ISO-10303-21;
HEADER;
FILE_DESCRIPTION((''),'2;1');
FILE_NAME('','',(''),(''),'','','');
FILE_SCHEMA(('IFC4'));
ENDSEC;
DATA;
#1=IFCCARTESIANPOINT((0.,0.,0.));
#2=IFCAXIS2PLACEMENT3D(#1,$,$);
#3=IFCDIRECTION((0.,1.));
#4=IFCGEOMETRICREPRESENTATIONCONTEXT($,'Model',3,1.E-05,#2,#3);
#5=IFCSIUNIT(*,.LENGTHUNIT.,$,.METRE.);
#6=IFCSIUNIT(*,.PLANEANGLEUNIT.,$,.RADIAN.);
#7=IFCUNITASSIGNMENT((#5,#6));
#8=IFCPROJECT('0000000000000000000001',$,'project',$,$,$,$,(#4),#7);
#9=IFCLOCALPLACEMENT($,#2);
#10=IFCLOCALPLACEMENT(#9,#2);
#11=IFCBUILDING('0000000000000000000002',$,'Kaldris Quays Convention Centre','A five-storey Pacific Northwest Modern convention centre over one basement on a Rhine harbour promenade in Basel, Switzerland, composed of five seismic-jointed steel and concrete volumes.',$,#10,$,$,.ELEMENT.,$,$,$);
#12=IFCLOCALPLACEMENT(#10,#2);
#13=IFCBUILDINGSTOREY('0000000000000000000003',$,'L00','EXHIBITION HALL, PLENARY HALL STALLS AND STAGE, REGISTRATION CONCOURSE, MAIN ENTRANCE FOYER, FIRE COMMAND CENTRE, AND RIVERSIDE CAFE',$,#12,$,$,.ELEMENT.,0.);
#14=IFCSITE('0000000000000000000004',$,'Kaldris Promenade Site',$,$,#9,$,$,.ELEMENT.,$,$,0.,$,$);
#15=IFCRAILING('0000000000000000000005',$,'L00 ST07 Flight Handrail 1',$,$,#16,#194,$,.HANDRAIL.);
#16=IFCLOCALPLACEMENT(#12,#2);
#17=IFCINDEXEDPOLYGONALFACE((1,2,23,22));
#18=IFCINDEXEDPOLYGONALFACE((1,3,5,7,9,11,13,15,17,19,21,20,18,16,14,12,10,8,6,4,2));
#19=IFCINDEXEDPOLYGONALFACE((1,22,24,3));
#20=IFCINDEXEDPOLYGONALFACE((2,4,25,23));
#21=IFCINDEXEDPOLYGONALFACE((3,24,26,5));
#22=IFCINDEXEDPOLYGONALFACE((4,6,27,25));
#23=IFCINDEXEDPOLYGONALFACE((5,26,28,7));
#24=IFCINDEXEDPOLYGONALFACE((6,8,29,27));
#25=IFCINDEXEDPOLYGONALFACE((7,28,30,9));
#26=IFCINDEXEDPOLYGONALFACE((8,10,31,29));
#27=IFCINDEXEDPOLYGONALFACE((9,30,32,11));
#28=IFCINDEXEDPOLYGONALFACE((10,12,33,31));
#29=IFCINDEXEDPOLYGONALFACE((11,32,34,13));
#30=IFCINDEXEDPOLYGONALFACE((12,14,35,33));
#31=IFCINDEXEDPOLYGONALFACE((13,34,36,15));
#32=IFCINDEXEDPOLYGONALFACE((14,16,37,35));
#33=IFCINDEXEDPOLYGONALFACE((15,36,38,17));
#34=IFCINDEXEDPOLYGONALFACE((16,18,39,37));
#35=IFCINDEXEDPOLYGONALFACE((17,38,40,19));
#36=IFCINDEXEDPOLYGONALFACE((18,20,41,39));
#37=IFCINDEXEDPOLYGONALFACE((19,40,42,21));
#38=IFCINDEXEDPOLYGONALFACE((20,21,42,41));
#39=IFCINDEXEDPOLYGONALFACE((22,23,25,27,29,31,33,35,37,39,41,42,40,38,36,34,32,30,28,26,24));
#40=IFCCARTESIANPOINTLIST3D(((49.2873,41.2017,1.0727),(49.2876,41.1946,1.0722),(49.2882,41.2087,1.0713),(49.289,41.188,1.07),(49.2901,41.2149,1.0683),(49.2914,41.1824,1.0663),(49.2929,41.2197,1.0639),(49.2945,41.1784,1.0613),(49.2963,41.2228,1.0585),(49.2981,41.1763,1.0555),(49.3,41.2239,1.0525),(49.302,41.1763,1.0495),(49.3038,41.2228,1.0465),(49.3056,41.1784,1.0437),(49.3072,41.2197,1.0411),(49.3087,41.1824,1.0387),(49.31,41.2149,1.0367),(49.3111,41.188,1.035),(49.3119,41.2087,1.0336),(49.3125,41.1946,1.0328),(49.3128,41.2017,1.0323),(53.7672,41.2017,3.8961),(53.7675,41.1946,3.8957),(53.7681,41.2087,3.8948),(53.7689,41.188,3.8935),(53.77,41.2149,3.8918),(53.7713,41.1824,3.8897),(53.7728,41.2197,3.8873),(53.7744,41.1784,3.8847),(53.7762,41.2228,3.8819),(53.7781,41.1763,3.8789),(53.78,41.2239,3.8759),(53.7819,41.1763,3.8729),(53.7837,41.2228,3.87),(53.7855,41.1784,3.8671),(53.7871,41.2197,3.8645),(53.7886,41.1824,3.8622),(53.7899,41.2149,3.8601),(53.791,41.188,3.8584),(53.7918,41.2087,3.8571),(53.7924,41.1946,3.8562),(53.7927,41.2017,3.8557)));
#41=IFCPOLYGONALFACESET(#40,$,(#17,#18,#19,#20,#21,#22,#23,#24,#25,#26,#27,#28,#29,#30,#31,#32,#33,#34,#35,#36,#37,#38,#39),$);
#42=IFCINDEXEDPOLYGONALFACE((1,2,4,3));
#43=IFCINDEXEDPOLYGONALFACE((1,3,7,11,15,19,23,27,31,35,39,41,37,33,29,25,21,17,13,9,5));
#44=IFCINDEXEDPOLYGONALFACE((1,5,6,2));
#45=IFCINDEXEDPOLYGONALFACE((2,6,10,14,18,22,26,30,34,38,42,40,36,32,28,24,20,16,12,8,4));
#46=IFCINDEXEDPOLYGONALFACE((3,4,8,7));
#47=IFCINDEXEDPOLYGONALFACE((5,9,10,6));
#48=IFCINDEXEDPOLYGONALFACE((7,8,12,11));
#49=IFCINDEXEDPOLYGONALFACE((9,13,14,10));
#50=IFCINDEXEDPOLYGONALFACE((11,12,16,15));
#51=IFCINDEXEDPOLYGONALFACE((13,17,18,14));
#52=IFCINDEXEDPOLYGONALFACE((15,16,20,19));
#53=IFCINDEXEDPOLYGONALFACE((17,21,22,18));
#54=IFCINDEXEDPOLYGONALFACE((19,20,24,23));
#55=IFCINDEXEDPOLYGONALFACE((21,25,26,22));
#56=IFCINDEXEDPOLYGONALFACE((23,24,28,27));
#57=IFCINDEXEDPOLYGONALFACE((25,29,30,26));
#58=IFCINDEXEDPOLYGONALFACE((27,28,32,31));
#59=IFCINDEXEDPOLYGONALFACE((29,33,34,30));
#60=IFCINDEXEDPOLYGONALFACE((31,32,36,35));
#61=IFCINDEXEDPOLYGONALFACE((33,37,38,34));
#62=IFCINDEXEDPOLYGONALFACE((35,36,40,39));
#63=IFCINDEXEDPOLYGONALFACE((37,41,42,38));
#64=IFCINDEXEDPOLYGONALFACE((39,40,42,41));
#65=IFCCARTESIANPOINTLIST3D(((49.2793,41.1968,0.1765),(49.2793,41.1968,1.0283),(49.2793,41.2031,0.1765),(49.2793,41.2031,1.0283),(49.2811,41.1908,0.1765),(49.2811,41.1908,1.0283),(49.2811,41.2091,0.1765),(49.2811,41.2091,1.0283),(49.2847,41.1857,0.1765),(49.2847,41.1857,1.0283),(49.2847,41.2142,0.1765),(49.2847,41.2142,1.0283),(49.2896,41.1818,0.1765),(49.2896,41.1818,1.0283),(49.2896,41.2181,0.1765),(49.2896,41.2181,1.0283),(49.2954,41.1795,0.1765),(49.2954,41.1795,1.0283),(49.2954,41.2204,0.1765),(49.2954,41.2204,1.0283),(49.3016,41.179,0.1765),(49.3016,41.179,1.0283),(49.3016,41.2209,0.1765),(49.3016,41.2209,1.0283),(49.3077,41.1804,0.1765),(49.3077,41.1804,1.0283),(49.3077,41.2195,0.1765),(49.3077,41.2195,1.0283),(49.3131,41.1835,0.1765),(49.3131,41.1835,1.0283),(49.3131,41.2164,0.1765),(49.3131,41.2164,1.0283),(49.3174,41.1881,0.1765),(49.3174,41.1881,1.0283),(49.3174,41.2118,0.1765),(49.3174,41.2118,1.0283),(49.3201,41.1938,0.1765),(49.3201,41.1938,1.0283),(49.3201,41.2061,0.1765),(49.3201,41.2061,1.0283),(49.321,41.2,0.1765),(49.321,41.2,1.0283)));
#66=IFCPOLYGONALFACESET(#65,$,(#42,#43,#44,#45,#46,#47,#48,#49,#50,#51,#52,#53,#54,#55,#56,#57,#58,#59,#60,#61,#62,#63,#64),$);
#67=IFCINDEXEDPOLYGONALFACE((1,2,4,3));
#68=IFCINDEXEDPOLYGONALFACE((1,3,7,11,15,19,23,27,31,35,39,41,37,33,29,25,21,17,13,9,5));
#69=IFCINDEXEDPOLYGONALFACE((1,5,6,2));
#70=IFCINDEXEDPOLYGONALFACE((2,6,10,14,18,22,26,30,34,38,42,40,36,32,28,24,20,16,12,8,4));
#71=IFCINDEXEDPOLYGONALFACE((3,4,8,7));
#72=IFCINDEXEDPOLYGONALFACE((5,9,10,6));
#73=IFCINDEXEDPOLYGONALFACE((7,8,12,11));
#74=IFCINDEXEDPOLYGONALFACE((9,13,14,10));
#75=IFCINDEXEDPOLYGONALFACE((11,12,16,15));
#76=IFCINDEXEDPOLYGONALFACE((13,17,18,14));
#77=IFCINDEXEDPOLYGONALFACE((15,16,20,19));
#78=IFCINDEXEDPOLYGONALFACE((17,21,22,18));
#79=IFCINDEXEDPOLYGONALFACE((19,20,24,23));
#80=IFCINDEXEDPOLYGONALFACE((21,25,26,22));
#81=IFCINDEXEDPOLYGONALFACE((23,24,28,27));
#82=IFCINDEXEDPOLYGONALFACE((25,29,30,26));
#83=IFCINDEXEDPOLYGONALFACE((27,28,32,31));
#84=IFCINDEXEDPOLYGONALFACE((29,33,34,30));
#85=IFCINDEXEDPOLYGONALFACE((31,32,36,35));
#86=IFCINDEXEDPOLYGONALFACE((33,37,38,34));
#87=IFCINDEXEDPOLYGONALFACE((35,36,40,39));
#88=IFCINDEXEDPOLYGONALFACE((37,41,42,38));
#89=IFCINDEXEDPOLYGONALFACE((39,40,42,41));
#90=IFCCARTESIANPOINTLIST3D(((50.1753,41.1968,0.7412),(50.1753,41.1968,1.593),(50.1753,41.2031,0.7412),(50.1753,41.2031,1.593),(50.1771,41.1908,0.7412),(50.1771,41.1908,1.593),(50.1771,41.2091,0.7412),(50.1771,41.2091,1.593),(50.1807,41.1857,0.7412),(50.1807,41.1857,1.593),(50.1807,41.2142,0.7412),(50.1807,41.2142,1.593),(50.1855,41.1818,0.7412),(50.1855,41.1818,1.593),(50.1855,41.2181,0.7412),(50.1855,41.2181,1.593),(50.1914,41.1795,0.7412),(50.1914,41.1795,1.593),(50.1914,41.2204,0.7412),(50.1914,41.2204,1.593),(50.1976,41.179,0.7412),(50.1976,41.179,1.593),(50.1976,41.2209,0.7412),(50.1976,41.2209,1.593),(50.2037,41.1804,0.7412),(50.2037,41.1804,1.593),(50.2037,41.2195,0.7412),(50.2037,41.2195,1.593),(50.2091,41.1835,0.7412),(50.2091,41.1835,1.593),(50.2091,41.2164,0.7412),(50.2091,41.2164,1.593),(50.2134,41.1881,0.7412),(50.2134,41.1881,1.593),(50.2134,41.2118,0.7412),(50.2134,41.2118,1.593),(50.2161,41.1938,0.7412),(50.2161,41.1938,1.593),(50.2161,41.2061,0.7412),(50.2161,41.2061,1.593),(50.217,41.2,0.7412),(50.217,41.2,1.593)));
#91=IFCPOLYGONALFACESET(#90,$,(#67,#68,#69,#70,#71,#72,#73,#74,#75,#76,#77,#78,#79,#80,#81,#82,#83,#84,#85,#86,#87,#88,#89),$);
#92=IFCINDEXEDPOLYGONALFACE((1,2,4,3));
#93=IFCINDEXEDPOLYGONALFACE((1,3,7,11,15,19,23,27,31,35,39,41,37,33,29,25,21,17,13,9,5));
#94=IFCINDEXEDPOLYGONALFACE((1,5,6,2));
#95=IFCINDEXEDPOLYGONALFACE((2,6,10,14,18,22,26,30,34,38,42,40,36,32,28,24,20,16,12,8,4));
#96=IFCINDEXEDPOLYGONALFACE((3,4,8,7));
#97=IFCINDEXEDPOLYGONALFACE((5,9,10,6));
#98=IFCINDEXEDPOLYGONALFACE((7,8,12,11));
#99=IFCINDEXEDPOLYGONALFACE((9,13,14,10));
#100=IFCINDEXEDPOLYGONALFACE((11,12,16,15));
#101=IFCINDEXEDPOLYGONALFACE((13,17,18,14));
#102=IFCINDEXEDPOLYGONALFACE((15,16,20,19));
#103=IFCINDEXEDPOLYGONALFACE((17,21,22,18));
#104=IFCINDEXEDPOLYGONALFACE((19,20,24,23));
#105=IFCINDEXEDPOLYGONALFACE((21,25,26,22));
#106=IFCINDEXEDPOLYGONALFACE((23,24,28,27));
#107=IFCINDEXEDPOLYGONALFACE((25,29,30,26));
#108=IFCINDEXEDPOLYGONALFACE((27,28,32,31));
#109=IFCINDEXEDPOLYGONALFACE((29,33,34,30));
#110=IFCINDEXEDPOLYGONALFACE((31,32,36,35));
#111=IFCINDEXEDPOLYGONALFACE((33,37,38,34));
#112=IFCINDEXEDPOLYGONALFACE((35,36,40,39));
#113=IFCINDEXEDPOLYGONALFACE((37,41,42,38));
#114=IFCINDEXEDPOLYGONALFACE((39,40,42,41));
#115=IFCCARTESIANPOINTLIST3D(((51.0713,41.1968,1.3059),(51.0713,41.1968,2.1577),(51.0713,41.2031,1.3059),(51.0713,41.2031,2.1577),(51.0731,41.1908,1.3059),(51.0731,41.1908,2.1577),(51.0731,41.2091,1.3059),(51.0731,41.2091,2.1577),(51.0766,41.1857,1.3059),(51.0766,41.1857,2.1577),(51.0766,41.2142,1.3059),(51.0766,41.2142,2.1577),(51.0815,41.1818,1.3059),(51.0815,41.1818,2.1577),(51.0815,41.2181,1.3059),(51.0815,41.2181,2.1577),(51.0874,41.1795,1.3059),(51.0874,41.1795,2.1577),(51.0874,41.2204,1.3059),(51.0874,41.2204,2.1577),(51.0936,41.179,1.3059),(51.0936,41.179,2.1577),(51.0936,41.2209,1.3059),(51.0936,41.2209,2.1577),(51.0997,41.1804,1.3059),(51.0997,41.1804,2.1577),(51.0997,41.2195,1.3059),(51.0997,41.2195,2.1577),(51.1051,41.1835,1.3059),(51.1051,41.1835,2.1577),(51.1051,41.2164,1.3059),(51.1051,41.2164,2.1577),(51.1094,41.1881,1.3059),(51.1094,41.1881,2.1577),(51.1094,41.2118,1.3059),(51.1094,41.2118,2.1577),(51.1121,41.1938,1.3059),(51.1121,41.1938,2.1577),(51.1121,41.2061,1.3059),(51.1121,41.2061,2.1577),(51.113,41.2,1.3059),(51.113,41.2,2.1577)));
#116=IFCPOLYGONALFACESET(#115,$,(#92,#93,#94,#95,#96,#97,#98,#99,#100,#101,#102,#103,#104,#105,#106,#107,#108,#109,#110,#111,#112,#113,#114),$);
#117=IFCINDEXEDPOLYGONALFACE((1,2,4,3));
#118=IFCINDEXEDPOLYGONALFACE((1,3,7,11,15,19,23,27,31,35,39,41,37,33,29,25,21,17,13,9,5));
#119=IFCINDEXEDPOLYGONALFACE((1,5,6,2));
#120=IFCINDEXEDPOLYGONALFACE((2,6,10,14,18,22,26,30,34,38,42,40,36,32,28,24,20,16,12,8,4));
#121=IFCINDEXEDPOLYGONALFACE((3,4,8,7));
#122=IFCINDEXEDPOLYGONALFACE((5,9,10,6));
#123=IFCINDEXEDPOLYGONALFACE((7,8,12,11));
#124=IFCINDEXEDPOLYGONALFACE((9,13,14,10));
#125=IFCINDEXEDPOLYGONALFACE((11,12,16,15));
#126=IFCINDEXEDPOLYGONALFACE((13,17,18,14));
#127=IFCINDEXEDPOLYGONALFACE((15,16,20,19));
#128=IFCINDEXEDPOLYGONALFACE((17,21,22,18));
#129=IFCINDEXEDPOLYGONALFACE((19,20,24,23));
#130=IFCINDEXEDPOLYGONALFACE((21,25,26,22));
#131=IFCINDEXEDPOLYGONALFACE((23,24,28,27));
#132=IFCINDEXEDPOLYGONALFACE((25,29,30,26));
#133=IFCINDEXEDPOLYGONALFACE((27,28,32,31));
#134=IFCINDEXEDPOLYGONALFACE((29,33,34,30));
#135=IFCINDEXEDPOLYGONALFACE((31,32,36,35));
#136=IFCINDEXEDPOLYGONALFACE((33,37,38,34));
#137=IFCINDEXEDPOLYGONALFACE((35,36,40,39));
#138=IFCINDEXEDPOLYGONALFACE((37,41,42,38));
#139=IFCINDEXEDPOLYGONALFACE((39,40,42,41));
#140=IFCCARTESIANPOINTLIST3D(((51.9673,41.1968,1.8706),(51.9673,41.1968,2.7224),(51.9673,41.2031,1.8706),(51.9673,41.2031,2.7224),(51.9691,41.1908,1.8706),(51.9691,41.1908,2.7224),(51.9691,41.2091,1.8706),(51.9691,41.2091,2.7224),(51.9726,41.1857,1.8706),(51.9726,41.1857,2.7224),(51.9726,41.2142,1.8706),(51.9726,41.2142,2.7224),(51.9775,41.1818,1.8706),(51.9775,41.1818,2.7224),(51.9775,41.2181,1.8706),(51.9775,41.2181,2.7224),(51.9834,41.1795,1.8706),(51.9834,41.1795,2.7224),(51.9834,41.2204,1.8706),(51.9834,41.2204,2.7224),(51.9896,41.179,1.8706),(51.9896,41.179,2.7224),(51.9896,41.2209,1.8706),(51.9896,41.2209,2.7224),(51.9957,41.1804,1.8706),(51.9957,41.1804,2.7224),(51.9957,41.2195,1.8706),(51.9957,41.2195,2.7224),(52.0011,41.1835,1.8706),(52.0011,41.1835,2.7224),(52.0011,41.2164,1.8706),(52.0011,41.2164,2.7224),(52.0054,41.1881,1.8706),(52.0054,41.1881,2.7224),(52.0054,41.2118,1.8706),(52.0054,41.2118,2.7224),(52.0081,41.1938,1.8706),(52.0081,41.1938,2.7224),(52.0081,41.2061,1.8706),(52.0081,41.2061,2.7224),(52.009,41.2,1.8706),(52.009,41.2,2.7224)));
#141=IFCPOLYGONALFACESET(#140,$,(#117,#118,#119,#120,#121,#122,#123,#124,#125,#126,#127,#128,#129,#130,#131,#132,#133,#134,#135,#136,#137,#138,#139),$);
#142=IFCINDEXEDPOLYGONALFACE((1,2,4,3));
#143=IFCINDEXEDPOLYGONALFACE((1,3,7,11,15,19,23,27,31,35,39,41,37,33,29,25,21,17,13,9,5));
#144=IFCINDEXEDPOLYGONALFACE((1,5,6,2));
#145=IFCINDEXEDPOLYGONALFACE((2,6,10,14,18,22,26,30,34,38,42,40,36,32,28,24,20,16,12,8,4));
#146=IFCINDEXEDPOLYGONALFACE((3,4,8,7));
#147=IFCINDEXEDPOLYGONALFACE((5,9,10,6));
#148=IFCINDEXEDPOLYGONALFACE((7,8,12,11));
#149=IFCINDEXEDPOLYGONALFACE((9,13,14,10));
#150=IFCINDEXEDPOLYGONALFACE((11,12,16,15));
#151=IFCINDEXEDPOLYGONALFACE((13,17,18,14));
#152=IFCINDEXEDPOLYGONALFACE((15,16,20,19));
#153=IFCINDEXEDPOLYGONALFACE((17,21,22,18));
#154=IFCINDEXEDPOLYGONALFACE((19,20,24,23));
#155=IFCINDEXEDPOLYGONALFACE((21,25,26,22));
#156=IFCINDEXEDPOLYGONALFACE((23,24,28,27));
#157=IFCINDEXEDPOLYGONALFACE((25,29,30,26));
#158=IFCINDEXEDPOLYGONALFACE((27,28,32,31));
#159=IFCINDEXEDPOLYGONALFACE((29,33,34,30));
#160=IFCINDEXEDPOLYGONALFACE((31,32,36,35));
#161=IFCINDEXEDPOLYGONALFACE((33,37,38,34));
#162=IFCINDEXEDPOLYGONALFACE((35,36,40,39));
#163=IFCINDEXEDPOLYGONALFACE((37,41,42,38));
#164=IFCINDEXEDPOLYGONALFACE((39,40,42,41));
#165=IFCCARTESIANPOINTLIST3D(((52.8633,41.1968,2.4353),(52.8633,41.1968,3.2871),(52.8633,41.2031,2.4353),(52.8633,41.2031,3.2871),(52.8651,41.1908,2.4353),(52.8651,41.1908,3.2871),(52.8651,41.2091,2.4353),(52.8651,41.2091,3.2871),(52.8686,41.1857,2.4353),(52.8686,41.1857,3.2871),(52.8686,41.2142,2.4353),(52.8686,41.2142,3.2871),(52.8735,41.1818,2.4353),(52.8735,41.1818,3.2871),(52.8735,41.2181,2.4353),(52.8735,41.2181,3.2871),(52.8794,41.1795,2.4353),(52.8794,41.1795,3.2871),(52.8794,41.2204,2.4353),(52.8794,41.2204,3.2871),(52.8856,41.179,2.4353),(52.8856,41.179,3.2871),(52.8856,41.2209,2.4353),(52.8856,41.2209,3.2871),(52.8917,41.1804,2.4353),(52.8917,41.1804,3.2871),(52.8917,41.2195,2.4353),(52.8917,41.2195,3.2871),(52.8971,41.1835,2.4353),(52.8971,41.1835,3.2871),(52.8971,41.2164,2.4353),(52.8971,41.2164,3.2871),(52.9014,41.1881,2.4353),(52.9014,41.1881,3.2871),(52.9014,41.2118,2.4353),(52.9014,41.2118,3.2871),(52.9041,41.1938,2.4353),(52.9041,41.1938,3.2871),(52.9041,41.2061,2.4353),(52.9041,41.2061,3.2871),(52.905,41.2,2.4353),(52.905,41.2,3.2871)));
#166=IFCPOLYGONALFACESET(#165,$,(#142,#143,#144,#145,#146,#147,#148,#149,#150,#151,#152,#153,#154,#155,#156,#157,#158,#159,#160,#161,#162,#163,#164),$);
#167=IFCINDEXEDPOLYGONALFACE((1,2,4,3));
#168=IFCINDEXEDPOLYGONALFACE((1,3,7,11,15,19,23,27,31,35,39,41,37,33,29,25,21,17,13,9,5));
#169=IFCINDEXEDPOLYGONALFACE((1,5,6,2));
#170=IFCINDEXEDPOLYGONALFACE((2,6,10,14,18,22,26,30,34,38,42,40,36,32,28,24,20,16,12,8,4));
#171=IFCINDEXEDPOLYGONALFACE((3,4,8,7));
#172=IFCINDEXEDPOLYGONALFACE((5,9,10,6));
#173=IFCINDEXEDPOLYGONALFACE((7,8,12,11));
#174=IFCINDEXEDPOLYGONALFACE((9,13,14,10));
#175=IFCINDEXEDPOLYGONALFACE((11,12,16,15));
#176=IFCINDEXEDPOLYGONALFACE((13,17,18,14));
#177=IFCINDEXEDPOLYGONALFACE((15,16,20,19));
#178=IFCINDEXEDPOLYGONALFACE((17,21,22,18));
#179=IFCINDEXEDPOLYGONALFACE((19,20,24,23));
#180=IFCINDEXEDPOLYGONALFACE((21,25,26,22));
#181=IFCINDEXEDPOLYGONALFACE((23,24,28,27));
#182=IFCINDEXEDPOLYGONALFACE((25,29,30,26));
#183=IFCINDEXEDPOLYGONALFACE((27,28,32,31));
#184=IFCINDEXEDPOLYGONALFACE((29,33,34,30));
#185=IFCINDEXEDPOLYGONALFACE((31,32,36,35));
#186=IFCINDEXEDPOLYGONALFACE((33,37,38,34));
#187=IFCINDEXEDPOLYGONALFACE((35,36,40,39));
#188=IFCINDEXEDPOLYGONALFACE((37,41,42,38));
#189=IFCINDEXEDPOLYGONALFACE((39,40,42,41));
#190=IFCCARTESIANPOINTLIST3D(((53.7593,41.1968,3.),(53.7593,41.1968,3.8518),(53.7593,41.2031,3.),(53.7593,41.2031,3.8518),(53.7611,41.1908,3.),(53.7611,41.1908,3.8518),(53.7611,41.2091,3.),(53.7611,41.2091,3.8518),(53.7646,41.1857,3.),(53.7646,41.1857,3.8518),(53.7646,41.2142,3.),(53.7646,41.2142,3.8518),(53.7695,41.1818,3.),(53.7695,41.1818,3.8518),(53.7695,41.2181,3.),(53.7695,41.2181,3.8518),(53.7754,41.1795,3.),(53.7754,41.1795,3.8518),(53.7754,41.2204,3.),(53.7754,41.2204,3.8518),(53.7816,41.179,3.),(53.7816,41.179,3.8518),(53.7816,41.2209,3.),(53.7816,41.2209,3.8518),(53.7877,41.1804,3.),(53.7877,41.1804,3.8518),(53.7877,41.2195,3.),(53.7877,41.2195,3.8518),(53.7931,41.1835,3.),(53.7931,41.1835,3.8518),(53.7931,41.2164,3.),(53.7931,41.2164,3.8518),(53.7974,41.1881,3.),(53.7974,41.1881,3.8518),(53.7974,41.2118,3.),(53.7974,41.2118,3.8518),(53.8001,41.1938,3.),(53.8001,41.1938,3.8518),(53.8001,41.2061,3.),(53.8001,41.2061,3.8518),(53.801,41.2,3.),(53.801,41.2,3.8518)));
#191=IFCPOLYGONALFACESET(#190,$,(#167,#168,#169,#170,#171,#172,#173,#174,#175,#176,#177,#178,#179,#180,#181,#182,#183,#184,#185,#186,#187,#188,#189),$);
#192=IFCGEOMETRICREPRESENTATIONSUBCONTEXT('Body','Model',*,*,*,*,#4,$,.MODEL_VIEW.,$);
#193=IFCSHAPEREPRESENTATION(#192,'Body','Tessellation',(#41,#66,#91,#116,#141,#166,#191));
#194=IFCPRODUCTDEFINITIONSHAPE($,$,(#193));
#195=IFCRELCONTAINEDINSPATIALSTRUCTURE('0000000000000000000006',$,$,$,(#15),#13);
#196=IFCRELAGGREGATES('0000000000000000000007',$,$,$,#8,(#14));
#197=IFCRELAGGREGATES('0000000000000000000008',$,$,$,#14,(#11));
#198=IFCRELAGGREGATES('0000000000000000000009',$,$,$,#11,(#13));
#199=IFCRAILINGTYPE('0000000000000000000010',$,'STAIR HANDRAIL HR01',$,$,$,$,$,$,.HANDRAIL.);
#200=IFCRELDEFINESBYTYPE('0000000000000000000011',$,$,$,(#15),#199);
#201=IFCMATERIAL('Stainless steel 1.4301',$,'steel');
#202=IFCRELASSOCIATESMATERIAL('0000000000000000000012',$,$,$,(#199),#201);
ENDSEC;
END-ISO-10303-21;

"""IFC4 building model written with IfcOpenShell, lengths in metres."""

from ifc_helpers import new_model, si_unit, direction, frame, origin, origin_2d, place, context, subcontext, project, spatial, circle, extrude, material, type_object, element, save


model = new_model("IFC4")

# Units and contexts
model_context = context("Model", 3, precision=1e-05, world=origin(), true_north=direction((0.0, 1.0)))
body_context = subcontext(model_context, "Body", "Model", "MODEL_VIEW")
ifc_project = project(units=[si_unit("LENGTHUNIT", "METRE"), si_unit("PLANEANGLEUNIT", "RADIAN")], contexts=[model_context])

# Site, building, storey
site_placement = place(None, origin())
site = spatial("IfcSite", under=ifc_project, at=site_placement, Name="Kaldris Promenade Site", CompositionType="ELEMENT", RefElevation=0.0)
building_placement = place(site_placement, origin())
building = spatial("IfcBuilding", under=site, at=building_placement, Name="Kaldris Quays Convention Centre", Description="A five-storey Pacific Northwest Modern convention centre over one basement on a Rhine harbour promenade in Basel, Switzerland, composed of five seismic-jointed steel and concrete volumes.", CompositionType="ELEMENT")
storey_placement = place(building_placement, origin())
storey = spatial("IfcBuildingStorey", under=building, at=storey_placement, Name="L00", Description="EXHIBITION HALL, PLENARY HALL STALLS AND STAGE, REGISTRATION CONCOURSE, MAIN ENTRANCE FOYER, FIRE COMMAND CENTRE, AND RIVERSIDE CAFE", CompositionType="ELEMENT", Elevation=0.0)

# Railing
ifc_material_1 = material(Name="Stainless steel 1.4301", Category="steel")
railing_type_1 = type_object("IfcRailingType", Name="STAIR HANDRAIL HR01", PredefinedType="HANDRAIL", material=ifc_material_1)
railing_1_placement = place(storey_placement, frame((49.3, 41.2, 0.1765)))
element("IfcRailing", 1, at=railing_1_placement, inside=storey, type_object=railing_type_1, Name="L00 ST07 Flight Handrail 1", PredefinedType="HANDRAIL", context=body_context, shape_type="SweptSolid", body=[
    extrude(circle(Radius=0.0239, at=origin_2d()), frame((0.0, 0.0, 0.876), z_axis=(0.845998, 0.0, 0.533186), x_axis=(0.0, 1.0, 0.0)), (0.0, 0.0, 1.0), 5.2954),
    extrude(circle(Radius=0.021, at=origin_2d()), origin(), (0.0, 0.0, 1.0), 0.8518),
    extrude(circle(Radius=0.021, at=origin_2d()), frame((0.896, 0.0, 0.5647)), (0.0, 0.0, 1.0), 0.8518),
    extrude(circle(Radius=0.021, at=origin_2d()), frame((1.792, 0.0, 1.1294)), (0.0, 0.0, 1.0), 0.8518),
    extrude(circle(Radius=0.021, at=origin_2d()), frame((2.688, 0.0, 1.6941)), (0.0, 0.0, 1.0), 0.8518),
    extrude(circle(Radius=0.021, at=origin_2d()), frame((3.584, 0.0, 2.2588)), (0.0, 0.0, 1.0), 0.8518),
    extrude(circle(Radius=0.021, at=origin_2d()), frame((4.48, 0.0, 2.8235)), (0.0, 0.0, 1.0), 0.8518),
])

save(model, "model.ifc")
